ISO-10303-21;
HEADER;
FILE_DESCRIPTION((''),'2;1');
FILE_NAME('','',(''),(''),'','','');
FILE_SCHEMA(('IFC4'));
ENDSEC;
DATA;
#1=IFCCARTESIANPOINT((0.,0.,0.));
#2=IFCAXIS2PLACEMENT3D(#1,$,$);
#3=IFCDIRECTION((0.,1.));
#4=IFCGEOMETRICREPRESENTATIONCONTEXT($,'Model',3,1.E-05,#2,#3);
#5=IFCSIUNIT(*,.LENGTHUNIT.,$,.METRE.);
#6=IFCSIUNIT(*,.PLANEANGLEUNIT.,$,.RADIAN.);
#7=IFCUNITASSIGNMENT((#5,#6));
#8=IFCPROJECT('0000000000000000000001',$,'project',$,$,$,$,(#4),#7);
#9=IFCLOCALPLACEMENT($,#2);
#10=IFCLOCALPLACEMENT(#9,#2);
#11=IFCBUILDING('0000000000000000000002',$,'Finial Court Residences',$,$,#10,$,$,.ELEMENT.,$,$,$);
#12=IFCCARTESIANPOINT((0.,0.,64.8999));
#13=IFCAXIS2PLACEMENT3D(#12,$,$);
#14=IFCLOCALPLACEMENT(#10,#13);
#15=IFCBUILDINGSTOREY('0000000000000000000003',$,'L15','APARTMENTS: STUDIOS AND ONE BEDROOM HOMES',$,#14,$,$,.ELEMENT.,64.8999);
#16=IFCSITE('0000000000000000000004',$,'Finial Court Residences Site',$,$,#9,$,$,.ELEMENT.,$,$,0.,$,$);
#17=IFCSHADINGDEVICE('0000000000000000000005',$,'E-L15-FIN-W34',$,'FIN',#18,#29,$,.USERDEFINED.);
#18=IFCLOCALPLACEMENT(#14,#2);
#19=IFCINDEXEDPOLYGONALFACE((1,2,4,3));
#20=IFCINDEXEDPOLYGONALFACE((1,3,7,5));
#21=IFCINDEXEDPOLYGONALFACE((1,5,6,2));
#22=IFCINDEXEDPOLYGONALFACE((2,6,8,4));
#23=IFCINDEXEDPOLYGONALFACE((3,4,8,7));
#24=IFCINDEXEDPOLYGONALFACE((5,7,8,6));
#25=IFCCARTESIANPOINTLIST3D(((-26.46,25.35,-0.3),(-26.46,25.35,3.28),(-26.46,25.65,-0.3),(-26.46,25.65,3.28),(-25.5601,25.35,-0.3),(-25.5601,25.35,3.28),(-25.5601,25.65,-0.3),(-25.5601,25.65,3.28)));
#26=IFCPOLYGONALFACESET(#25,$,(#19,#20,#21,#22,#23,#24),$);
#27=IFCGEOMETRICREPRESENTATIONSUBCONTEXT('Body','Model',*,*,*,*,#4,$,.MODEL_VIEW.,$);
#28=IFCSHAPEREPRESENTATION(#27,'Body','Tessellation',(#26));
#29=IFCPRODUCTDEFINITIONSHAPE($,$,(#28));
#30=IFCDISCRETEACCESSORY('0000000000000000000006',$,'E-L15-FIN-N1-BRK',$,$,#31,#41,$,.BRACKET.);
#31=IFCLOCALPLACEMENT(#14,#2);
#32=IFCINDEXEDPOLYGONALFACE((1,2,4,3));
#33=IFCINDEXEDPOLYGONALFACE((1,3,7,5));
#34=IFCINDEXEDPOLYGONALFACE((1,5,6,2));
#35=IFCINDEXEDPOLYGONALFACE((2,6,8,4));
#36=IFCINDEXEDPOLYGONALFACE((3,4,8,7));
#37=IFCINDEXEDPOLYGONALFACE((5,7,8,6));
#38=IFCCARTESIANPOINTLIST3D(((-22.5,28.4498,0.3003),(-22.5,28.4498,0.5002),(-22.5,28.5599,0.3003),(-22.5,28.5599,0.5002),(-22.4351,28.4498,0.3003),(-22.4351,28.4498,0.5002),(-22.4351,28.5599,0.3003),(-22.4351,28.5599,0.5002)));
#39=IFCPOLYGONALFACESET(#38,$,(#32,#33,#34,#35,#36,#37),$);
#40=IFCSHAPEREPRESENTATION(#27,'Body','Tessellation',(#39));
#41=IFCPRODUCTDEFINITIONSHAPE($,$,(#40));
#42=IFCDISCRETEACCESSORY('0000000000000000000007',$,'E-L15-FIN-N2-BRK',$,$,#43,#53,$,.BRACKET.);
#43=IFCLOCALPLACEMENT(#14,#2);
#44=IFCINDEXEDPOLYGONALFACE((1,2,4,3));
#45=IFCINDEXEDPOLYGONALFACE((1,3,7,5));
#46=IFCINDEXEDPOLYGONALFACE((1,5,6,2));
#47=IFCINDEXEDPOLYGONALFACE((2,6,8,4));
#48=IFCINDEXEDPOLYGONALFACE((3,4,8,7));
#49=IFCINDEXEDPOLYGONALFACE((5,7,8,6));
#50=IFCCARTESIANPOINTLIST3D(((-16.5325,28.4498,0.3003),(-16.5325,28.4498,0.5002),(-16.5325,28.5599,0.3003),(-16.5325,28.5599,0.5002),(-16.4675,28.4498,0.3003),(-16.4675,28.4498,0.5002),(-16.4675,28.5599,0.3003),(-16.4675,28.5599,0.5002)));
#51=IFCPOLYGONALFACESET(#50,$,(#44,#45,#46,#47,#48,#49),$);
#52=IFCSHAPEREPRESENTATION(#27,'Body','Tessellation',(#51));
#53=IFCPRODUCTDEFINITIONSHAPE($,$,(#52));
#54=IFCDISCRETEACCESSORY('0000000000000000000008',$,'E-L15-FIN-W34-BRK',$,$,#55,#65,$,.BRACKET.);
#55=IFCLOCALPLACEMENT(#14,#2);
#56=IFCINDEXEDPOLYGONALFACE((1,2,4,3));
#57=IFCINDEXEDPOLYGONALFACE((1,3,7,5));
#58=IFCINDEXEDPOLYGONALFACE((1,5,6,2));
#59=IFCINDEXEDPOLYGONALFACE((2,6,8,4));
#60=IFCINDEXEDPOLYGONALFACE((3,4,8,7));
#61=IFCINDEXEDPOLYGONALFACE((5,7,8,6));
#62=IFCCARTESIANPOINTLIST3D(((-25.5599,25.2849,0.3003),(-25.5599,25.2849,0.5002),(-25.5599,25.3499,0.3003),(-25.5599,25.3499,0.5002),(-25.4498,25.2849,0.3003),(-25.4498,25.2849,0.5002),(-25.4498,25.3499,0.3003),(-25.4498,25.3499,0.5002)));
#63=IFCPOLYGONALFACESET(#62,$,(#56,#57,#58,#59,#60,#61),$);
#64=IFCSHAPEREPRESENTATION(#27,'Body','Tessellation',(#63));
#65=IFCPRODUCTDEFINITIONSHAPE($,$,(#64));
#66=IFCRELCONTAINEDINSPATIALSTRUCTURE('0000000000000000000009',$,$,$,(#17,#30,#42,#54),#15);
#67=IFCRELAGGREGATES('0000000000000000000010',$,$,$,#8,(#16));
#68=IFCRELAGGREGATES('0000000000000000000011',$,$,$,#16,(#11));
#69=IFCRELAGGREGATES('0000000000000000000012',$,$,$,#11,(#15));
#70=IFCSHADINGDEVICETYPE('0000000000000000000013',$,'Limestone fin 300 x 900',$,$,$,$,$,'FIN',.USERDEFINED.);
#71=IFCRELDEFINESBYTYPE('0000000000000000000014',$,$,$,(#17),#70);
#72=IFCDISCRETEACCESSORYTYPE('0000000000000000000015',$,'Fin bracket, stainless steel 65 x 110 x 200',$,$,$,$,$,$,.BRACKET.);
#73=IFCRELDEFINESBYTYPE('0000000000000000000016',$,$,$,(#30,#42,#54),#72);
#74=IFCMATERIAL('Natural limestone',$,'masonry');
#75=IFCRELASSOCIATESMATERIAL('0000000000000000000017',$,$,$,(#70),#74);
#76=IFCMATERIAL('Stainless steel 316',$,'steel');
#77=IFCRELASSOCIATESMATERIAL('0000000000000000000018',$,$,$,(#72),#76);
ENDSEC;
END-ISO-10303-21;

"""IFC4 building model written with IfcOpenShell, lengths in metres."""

from ifc_helpers import new_model, si_unit, direction, frame, origin, origin_2d, place, context, subcontext, project, spatial, rectangle, extrude, material, type_object, element, save


model = new_model("IFC4")

# Units and contexts
model_context = context("Model", 3, precision=1e-05, world=origin(), true_north=direction((0.0, 1.0)))
body_context = subcontext(model_context, "Body", "Model", "MODEL_VIEW")
ifc_project = project(units=[si_unit("LENGTHUNIT", "METRE"), si_unit("PLANEANGLEUNIT", "RADIAN")], contexts=[model_context])

# Site, building, storey
site_placement = place(None, origin())
site = spatial("IfcSite", under=ifc_project, at=site_placement, Name="Finial Court Residences Site", CompositionType="ELEMENT", RefElevation=0.0)
building_placement = place(site_placement, origin())
building = spatial("IfcBuilding", under=site, at=building_placement, Name="Finial Court Residences", CompositionType="ELEMENT")
storey_placement = place(building_placement, frame((0.0, 0.0, 64.8999)))
storey = spatial("IfcBuildingStorey", under=building, at=storey_placement, Name="L15", Description="APARTMENTS: STUDIOS AND ONE BEDROOM HOMES", CompositionType="ELEMENT", Elevation=64.8999)

# Shared definitions
ifc_material_1 = material(Name="Natural limestone", Category="masonry")

# Shading device
shading_device_type = type_object("IfcShadingDeviceType", Name="Limestone fin 300 x 900", ElementType="FIN", PredefinedType="USERDEFINED", material=ifc_material_1)
shading_device_placement = place(storey_placement, frame((-26.01, 25.5, -0.3), z_axis=(0.0, 0.0, 1.0), x_axis=(1.0, 0.0, 0.0)))
element("IfcShadingDevice", 1, at=shading_device_placement, inside=storey, type_object=shading_device_type, Name="E-L15-FIN-W34", ObjectType="FIN", PredefinedType="USERDEFINED", context=body_context, shape_type="SweptSolid", body=[
    extrude(rectangle(XDim=0.8999, YDim=0.3, at=origin_2d()), origin(), (0.0, 0.0, 1.0), 3.5801),
])

# Discrete accessories
ifc_material_2 = material(Name="Stainless steel 316", Category="steel")
discrete_accessory_type = type_object("IfcDiscreteAccessoryType", Name="Fin bracket, stainless steel 65 x 110 x 200", PredefinedType="BRACKET", material=ifc_material_2)
for number, where, z_axis, x_axis, name in (
    (2, (-22.4675, 28.5049, 0.3003), (0.0, 0.0, 1.0), (1.0, 0.0, 0.0), "E-L15-FIN-N1-BRK"),
    (3, (-16.5, 28.5049, 0.3003), (0.0, 0.0, 1.0), (1.0, 0.0, 0.0), "E-L15-FIN-N2-BRK"),
):
    element("IfcDiscreteAccessory", number, at=place(storey_placement, frame(where, z_axis=z_axis, x_axis=x_axis)), inside=storey, type_object=discrete_accessory_type, Name=name, PredefinedType="BRACKET", context=body_context, shape_type="SweptSolid", body=[
        extrude(rectangle(XDim=0.0649, YDim=0.1101, at=origin_2d()), origin(), (0.0, 0.0, 1.0), 0.2),
    ])
discrete_accessory_placement = place(storey_placement, frame((-25.5049, 25.3174, 0.3003), z_axis=(0.0, 0.0, 1.0), x_axis=(1.0, 0.0, 0.0)))
element("IfcDiscreteAccessory", 4, at=discrete_accessory_placement, inside=storey, type_object=discrete_accessory_type, Name="E-L15-FIN-W34-BRK", PredefinedType="BRACKET", context=body_context, shape_type="SweptSolid", body=[
    extrude(rectangle(XDim=0.1101, YDim=0.0649, at=origin_2d()), origin(), (0.0, 0.0, 1.0), 0.2),
])

save(model, "model.ifc")
